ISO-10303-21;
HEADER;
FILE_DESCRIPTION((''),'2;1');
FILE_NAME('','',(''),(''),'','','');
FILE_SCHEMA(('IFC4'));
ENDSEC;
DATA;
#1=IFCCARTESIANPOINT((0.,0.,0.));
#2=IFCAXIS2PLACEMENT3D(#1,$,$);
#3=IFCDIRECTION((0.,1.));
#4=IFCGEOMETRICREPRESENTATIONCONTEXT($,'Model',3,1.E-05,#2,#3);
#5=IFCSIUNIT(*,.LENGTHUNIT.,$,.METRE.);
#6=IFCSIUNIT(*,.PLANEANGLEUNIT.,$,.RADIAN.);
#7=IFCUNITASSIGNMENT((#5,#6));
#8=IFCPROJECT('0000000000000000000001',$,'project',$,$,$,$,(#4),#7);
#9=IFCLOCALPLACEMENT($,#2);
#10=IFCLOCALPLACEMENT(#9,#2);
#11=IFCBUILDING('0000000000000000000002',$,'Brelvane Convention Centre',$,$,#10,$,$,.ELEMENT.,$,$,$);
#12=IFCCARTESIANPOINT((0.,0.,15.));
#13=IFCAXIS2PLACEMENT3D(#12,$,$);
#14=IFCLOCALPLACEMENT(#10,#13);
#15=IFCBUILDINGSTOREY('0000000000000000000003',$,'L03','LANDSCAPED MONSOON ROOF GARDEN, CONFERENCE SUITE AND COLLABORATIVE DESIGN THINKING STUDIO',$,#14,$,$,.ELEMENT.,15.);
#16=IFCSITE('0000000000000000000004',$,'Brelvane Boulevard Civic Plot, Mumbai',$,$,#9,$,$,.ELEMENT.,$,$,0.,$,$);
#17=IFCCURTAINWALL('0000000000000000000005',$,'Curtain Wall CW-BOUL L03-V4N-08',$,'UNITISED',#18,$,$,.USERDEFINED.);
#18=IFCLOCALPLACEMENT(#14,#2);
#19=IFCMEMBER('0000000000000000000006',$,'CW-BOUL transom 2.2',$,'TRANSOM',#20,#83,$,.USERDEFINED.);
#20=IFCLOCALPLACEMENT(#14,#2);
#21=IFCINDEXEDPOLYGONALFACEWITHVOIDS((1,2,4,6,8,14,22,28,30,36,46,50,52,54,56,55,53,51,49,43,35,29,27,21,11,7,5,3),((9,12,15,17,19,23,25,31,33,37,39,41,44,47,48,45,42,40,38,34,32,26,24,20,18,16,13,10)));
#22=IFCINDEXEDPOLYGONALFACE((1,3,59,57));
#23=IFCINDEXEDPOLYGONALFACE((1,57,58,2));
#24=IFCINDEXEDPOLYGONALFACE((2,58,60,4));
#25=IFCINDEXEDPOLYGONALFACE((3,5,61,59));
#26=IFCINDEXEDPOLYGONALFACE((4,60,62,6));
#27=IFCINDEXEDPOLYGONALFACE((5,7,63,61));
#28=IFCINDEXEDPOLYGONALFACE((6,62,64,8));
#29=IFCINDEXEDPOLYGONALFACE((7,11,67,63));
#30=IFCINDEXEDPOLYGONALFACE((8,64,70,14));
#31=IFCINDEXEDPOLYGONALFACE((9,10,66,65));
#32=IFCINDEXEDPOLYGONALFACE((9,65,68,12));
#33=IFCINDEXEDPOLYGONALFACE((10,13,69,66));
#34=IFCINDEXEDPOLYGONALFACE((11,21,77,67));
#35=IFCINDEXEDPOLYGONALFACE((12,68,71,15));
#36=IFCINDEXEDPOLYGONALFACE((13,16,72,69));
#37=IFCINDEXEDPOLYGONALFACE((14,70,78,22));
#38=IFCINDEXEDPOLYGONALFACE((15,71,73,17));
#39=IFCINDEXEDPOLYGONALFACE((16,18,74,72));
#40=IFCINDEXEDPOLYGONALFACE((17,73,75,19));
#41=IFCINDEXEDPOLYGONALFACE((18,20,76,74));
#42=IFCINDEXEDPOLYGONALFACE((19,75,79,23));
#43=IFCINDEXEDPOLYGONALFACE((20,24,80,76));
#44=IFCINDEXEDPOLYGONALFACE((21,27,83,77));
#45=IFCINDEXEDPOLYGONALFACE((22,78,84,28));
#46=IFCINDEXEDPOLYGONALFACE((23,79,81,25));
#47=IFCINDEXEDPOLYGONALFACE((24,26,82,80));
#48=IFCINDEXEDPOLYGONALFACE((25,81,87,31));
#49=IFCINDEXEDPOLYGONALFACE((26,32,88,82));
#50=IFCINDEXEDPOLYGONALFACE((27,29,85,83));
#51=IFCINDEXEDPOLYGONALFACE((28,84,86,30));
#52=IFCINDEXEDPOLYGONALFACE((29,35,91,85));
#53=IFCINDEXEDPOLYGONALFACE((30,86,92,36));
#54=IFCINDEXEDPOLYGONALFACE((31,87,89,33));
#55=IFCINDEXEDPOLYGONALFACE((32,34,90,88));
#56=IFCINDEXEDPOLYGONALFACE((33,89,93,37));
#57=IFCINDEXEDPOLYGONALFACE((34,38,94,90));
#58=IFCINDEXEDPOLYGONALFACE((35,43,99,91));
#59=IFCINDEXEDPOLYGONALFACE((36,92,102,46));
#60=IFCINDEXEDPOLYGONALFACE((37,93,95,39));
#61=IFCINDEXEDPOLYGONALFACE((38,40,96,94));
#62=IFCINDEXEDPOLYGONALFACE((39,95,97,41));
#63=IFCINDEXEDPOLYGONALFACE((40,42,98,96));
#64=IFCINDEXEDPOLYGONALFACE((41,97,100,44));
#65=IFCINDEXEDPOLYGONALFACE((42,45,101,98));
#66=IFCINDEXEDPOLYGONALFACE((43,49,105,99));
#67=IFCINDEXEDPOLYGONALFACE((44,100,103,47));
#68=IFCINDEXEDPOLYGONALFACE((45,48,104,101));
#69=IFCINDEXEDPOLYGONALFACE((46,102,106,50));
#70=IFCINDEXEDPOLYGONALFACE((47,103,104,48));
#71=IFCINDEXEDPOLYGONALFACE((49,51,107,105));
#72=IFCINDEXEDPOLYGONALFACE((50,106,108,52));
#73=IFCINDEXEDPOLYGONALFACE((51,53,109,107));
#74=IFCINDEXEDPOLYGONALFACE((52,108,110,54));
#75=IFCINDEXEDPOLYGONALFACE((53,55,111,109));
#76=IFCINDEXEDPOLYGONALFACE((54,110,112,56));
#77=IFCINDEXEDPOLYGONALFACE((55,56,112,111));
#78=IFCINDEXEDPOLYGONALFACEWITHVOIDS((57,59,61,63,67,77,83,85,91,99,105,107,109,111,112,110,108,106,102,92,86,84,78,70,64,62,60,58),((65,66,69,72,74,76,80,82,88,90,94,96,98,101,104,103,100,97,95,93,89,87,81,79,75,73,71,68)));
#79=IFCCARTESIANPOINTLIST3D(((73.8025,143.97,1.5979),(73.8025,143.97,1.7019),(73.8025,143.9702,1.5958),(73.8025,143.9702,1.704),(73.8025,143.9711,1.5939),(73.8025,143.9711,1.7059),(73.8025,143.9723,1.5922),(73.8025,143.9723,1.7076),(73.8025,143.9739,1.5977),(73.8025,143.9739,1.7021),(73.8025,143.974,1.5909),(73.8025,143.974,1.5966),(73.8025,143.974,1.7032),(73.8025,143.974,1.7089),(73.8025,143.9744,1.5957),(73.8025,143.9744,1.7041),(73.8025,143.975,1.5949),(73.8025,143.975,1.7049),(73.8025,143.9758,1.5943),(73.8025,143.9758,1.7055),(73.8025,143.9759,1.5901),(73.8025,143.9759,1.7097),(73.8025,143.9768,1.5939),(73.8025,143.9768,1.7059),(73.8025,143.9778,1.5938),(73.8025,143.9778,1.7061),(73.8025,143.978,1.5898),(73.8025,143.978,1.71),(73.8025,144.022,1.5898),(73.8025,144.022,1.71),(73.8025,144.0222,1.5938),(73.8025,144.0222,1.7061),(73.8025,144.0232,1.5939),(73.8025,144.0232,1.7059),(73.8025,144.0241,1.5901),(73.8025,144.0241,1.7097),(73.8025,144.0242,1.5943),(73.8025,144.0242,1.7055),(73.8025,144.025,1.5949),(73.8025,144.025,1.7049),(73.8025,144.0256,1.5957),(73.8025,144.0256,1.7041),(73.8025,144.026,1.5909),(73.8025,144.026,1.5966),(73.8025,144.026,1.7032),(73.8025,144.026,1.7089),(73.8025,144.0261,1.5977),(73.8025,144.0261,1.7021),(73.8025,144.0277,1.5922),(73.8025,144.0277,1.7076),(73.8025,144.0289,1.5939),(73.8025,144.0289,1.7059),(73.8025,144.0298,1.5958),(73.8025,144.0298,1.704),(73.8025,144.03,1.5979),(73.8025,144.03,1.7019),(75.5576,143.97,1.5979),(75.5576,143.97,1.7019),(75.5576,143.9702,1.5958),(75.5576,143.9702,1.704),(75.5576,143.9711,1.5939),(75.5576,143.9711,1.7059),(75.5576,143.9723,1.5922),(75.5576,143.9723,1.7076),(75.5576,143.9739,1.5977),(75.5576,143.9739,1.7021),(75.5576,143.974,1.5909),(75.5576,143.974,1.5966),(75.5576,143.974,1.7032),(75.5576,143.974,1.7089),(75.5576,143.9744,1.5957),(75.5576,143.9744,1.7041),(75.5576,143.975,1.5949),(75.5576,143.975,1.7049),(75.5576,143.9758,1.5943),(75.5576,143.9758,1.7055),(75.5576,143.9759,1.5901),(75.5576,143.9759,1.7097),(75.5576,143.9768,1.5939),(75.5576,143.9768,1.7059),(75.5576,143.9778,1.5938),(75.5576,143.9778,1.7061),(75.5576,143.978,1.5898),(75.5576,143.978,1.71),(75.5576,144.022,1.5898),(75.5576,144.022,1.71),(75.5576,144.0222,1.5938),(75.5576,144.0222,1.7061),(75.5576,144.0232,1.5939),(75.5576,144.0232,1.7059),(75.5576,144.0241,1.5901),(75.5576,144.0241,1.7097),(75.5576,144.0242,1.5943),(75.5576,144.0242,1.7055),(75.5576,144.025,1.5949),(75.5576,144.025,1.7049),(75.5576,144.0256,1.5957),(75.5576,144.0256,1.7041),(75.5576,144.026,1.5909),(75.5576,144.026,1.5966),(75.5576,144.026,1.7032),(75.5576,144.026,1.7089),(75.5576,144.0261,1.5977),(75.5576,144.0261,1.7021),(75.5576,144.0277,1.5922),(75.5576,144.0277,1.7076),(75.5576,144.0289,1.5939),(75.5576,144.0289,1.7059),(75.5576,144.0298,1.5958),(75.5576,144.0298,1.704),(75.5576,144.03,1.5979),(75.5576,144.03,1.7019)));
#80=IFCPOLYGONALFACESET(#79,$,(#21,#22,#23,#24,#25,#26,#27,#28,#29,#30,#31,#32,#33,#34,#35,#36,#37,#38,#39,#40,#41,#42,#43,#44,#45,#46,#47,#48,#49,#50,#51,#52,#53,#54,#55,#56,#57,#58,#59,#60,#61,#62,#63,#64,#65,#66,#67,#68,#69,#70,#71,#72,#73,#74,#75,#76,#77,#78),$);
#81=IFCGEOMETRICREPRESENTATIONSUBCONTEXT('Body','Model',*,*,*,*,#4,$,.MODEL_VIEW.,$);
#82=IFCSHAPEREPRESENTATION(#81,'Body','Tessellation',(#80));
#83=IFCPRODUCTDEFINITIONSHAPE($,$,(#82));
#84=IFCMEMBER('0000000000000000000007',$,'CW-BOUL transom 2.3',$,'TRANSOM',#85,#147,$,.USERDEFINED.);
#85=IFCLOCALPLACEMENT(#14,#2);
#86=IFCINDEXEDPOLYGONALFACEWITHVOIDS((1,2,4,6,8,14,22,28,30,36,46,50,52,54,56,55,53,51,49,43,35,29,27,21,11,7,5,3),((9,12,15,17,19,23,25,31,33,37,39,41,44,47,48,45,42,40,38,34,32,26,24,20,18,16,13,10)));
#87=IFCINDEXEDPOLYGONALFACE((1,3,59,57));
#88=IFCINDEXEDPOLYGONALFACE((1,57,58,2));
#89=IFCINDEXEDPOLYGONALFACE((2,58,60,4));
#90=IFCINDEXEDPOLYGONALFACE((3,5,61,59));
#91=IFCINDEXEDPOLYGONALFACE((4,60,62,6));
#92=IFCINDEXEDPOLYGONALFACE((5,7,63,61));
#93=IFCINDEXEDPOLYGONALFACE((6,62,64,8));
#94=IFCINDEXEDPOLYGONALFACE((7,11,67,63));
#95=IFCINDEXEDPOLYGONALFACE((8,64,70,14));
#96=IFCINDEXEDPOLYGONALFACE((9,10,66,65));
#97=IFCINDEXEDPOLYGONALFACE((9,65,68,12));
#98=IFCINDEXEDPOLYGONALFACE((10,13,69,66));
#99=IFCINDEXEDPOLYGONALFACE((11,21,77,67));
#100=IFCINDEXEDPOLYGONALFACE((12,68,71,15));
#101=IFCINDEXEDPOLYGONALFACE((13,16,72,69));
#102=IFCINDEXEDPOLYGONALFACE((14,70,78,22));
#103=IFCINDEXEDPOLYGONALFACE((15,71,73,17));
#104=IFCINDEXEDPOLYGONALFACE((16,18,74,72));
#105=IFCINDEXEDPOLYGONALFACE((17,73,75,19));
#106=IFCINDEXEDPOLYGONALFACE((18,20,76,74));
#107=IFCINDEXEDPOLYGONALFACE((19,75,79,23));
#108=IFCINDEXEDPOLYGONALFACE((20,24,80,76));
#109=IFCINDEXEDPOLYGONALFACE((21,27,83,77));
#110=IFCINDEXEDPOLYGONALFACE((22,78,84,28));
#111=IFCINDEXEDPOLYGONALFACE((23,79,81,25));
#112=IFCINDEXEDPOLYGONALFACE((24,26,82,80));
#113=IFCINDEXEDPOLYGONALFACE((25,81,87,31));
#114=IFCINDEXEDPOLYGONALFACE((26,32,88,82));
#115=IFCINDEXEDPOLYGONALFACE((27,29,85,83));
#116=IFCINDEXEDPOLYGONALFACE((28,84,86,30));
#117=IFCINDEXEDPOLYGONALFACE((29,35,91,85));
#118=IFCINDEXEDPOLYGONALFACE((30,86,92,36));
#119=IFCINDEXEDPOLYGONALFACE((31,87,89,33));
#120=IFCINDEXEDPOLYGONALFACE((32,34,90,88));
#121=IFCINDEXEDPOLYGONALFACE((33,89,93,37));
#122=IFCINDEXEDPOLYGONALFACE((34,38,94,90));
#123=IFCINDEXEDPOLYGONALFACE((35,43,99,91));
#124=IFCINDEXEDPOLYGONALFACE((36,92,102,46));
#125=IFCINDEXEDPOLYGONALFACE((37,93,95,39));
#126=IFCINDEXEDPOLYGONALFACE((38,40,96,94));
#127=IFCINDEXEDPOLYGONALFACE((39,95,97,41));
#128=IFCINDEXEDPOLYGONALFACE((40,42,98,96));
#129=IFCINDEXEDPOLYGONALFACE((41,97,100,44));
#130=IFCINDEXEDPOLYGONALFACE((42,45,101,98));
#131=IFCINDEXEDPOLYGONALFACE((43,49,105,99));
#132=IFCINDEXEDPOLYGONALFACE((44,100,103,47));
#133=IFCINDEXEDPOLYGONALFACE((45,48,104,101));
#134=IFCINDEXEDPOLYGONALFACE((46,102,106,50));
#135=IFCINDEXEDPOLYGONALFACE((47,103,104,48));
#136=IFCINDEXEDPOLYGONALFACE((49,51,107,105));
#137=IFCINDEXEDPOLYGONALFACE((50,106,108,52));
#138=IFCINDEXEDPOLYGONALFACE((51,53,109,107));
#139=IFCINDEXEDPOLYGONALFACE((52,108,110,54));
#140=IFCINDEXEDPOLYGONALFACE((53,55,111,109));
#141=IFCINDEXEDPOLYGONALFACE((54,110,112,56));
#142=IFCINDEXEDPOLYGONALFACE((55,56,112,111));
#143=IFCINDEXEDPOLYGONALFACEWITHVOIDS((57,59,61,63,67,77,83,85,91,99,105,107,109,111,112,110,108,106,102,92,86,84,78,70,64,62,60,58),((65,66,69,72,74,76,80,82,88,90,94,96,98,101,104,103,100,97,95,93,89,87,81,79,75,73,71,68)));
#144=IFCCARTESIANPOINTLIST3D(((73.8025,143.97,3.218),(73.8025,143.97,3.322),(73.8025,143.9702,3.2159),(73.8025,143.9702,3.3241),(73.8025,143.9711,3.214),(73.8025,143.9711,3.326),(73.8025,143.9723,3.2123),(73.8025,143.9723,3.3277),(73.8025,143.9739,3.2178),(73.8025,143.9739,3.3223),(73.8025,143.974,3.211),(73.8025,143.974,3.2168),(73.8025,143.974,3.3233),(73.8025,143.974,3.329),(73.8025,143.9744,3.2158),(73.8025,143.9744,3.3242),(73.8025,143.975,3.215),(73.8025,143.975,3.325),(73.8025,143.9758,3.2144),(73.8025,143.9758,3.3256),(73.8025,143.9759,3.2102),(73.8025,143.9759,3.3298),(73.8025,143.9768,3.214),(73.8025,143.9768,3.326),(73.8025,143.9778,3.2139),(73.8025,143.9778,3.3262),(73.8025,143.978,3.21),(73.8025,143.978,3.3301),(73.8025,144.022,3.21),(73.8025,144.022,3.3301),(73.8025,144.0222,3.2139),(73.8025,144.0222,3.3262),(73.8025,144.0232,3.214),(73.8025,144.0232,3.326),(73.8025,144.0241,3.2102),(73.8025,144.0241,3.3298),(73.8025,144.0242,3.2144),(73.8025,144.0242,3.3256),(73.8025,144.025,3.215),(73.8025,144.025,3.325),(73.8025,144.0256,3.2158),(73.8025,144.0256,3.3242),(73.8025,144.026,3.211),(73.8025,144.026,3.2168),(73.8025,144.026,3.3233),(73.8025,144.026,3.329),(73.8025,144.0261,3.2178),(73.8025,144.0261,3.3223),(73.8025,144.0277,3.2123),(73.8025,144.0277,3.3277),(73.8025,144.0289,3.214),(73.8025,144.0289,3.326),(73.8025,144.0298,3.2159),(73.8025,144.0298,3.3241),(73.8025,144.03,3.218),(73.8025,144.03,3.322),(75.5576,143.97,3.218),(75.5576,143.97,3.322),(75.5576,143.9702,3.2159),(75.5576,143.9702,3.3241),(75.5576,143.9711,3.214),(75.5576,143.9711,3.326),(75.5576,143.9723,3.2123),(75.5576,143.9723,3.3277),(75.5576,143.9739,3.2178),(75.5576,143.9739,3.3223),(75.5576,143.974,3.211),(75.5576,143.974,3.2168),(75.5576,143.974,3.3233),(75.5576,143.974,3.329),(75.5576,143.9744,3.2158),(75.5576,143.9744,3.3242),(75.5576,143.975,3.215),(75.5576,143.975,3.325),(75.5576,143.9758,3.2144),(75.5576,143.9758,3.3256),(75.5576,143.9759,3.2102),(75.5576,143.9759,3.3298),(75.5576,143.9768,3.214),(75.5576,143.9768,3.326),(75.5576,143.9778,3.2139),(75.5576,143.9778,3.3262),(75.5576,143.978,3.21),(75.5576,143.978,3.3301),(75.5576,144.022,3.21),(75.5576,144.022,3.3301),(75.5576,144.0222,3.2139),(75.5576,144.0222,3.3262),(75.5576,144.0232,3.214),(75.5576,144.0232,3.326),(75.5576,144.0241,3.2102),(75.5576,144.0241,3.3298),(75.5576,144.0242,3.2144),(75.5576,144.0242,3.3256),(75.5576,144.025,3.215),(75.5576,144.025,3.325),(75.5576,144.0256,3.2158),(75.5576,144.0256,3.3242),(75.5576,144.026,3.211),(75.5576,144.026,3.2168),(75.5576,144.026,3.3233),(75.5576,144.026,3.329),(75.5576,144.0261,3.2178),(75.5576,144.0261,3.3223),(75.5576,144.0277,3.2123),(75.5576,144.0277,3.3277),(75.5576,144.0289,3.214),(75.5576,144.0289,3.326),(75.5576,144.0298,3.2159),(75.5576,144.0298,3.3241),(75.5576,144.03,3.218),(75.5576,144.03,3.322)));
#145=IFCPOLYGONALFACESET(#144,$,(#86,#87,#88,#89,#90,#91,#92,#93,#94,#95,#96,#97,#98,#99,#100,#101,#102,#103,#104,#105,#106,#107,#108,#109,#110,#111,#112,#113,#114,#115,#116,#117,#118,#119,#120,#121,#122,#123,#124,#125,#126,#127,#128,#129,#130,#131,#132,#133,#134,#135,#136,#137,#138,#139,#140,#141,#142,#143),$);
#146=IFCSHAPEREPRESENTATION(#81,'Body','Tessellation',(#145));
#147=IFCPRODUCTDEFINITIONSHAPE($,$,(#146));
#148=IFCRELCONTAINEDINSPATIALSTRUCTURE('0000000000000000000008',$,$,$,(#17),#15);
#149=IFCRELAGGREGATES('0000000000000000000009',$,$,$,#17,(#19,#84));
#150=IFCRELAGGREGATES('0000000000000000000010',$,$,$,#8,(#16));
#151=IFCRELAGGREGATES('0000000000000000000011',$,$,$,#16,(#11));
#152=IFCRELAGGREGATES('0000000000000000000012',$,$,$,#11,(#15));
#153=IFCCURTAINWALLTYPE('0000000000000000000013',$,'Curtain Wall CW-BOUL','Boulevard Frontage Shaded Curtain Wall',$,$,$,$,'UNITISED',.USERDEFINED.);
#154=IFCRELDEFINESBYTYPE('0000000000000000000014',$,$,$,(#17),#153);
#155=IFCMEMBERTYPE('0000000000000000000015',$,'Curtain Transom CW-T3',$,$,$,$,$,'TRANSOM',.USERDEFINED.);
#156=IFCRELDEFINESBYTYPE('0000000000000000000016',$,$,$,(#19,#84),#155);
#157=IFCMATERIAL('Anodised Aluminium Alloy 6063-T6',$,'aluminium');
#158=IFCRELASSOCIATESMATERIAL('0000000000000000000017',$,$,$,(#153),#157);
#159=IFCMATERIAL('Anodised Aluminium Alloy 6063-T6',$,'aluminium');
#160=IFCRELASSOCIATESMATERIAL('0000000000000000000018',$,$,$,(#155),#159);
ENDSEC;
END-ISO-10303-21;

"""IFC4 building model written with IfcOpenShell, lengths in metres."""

from ifc_helpers import new_model, si_unit, direction, frame, origin, origin_2d, place, context, subcontext, project, spatial, hollow_rectangle, extrude, material, material_profile, profile_set, type_object, element, aggregate, save


model = new_model("IFC4")

# Units and contexts
model_context = context("Model", 3, precision=1e-05, world=origin(), true_north=direction((0.0, 1.0)))
body_context = subcontext(model_context, "Body", "Model", "MODEL_VIEW")
ifc_project = project(units=[si_unit("LENGTHUNIT", "METRE"), si_unit("PLANEANGLEUNIT", "RADIAN")], contexts=[model_context])

# Site, building, storey
site_placement = place(None, origin())
site = spatial("IfcSite", under=ifc_project, at=site_placement, Name="Brelvane Boulevard Civic Plot, Mumbai", CompositionType="ELEMENT", RefElevation=0.0)
building_placement = place(site_placement, origin())
building = spatial("IfcBuilding", under=site, at=building_placement, Name="Brelvane Convention Centre", CompositionType="ELEMENT")
storey_placement = place(building_placement, frame((0.0, 0.0, 15.0)))
storey = spatial("IfcBuildingStorey", under=building, at=storey_placement, Name="L03", Description="LANDSCAPED MONSOON ROOF GARDEN, CONFERENCE SUITE AND COLLABORATIVE DESIGN THINKING STUDIO", CompositionType="ELEMENT", Elevation=15.0)

# Curtain wall, members
ifc_material_1 = material(Name="Anodised Aluminium Alloy 6063-T6", Category="aluminium")
curtain_wall_type = type_object("IfcCurtainWallType", Name="Curtain Wall CW-BOUL", Description="Boulevard Frontage Shaded Curtain Wall", ElementType="UNITISED", PredefinedType="USERDEFINED", material=ifc_material_1)
curtain_wall_placement = place(storey_placement, origin())
curtain_wall = element("IfcCurtainWall", 1, at=curtain_wall_placement, inside=storey, type_object=curtain_wall_type, Name="Curtain Wall CW-BOUL L03-V4N-08", ObjectType="UNITISED", PredefinedType="USERDEFINED")
ifc_material_2 = material(Name="Anodised Aluminium Alloy 6063-T6", Category="aluminium")
ifc_material_profile_1 = material_profile(ifc_material_2, hollow_rectangle(XDim=0.0601, YDim=0.1201, WallThickness=0.0039, InnerFilletRadius=0.0039, OuterFilletRadius=0.0081, at=origin_2d()), Name="ALU-T 120x60x4.0")
ifc_profile_set_1 = profile_set([ifc_material_profile_1], Name="Anodised Aluminium Alloy 6063-T6")
member_type_1 = type_object("IfcMemberType", Name="Curtain Transom CW-T3", ElementType="TRANSOM", PredefinedType="USERDEFINED", material=ifc_profile_set_1)
member_1_placement = place(storey_placement, frame((73.8025, 144.0, 1.6499), z_axis=(1.0, 0.0, 0.0), x_axis=(0.0, 1.0, 0.0)))
member_1 = element("IfcMember", 2, at=member_1_placement, type_object=member_type_1, Name="CW-BOUL transom 2.2", ObjectType="TRANSOM", PredefinedType="USERDEFINED", context=body_context, shape_type="SweptSolid", body=[
    extrude(hollow_rectangle(XDim=0.0601, YDim=0.1201, WallThickness=0.0039, InnerFilletRadius=0.0039, OuterFilletRadius=0.0081, at=origin_2d()), origin(), (0.0, 0.0, 1.0), 1.7551),
])
member_2_placement = place(storey_placement, frame((73.8025, 144.0, 3.27), z_axis=(1.0, 0.0, 0.0), x_axis=(0.0, 1.0, 0.0)))
member_2 = element("IfcMember", 3, at=member_2_placement, type_object=member_type_1, Name="CW-BOUL transom 2.3", ObjectType="TRANSOM", PredefinedType="USERDEFINED", context=body_context, shape_type="SweptSolid", body=[
    extrude(hollow_rectangle(XDim=0.0601, YDim=0.1201, WallThickness=0.0039, InnerFilletRadius=0.0039, OuterFilletRadius=0.0081, at=origin_2d()), origin(), (0.0, 0.0, 1.0), 1.7551),
])

aggregate(curtain_wall, [member_1, member_2])

save(model, "model.ifc")
